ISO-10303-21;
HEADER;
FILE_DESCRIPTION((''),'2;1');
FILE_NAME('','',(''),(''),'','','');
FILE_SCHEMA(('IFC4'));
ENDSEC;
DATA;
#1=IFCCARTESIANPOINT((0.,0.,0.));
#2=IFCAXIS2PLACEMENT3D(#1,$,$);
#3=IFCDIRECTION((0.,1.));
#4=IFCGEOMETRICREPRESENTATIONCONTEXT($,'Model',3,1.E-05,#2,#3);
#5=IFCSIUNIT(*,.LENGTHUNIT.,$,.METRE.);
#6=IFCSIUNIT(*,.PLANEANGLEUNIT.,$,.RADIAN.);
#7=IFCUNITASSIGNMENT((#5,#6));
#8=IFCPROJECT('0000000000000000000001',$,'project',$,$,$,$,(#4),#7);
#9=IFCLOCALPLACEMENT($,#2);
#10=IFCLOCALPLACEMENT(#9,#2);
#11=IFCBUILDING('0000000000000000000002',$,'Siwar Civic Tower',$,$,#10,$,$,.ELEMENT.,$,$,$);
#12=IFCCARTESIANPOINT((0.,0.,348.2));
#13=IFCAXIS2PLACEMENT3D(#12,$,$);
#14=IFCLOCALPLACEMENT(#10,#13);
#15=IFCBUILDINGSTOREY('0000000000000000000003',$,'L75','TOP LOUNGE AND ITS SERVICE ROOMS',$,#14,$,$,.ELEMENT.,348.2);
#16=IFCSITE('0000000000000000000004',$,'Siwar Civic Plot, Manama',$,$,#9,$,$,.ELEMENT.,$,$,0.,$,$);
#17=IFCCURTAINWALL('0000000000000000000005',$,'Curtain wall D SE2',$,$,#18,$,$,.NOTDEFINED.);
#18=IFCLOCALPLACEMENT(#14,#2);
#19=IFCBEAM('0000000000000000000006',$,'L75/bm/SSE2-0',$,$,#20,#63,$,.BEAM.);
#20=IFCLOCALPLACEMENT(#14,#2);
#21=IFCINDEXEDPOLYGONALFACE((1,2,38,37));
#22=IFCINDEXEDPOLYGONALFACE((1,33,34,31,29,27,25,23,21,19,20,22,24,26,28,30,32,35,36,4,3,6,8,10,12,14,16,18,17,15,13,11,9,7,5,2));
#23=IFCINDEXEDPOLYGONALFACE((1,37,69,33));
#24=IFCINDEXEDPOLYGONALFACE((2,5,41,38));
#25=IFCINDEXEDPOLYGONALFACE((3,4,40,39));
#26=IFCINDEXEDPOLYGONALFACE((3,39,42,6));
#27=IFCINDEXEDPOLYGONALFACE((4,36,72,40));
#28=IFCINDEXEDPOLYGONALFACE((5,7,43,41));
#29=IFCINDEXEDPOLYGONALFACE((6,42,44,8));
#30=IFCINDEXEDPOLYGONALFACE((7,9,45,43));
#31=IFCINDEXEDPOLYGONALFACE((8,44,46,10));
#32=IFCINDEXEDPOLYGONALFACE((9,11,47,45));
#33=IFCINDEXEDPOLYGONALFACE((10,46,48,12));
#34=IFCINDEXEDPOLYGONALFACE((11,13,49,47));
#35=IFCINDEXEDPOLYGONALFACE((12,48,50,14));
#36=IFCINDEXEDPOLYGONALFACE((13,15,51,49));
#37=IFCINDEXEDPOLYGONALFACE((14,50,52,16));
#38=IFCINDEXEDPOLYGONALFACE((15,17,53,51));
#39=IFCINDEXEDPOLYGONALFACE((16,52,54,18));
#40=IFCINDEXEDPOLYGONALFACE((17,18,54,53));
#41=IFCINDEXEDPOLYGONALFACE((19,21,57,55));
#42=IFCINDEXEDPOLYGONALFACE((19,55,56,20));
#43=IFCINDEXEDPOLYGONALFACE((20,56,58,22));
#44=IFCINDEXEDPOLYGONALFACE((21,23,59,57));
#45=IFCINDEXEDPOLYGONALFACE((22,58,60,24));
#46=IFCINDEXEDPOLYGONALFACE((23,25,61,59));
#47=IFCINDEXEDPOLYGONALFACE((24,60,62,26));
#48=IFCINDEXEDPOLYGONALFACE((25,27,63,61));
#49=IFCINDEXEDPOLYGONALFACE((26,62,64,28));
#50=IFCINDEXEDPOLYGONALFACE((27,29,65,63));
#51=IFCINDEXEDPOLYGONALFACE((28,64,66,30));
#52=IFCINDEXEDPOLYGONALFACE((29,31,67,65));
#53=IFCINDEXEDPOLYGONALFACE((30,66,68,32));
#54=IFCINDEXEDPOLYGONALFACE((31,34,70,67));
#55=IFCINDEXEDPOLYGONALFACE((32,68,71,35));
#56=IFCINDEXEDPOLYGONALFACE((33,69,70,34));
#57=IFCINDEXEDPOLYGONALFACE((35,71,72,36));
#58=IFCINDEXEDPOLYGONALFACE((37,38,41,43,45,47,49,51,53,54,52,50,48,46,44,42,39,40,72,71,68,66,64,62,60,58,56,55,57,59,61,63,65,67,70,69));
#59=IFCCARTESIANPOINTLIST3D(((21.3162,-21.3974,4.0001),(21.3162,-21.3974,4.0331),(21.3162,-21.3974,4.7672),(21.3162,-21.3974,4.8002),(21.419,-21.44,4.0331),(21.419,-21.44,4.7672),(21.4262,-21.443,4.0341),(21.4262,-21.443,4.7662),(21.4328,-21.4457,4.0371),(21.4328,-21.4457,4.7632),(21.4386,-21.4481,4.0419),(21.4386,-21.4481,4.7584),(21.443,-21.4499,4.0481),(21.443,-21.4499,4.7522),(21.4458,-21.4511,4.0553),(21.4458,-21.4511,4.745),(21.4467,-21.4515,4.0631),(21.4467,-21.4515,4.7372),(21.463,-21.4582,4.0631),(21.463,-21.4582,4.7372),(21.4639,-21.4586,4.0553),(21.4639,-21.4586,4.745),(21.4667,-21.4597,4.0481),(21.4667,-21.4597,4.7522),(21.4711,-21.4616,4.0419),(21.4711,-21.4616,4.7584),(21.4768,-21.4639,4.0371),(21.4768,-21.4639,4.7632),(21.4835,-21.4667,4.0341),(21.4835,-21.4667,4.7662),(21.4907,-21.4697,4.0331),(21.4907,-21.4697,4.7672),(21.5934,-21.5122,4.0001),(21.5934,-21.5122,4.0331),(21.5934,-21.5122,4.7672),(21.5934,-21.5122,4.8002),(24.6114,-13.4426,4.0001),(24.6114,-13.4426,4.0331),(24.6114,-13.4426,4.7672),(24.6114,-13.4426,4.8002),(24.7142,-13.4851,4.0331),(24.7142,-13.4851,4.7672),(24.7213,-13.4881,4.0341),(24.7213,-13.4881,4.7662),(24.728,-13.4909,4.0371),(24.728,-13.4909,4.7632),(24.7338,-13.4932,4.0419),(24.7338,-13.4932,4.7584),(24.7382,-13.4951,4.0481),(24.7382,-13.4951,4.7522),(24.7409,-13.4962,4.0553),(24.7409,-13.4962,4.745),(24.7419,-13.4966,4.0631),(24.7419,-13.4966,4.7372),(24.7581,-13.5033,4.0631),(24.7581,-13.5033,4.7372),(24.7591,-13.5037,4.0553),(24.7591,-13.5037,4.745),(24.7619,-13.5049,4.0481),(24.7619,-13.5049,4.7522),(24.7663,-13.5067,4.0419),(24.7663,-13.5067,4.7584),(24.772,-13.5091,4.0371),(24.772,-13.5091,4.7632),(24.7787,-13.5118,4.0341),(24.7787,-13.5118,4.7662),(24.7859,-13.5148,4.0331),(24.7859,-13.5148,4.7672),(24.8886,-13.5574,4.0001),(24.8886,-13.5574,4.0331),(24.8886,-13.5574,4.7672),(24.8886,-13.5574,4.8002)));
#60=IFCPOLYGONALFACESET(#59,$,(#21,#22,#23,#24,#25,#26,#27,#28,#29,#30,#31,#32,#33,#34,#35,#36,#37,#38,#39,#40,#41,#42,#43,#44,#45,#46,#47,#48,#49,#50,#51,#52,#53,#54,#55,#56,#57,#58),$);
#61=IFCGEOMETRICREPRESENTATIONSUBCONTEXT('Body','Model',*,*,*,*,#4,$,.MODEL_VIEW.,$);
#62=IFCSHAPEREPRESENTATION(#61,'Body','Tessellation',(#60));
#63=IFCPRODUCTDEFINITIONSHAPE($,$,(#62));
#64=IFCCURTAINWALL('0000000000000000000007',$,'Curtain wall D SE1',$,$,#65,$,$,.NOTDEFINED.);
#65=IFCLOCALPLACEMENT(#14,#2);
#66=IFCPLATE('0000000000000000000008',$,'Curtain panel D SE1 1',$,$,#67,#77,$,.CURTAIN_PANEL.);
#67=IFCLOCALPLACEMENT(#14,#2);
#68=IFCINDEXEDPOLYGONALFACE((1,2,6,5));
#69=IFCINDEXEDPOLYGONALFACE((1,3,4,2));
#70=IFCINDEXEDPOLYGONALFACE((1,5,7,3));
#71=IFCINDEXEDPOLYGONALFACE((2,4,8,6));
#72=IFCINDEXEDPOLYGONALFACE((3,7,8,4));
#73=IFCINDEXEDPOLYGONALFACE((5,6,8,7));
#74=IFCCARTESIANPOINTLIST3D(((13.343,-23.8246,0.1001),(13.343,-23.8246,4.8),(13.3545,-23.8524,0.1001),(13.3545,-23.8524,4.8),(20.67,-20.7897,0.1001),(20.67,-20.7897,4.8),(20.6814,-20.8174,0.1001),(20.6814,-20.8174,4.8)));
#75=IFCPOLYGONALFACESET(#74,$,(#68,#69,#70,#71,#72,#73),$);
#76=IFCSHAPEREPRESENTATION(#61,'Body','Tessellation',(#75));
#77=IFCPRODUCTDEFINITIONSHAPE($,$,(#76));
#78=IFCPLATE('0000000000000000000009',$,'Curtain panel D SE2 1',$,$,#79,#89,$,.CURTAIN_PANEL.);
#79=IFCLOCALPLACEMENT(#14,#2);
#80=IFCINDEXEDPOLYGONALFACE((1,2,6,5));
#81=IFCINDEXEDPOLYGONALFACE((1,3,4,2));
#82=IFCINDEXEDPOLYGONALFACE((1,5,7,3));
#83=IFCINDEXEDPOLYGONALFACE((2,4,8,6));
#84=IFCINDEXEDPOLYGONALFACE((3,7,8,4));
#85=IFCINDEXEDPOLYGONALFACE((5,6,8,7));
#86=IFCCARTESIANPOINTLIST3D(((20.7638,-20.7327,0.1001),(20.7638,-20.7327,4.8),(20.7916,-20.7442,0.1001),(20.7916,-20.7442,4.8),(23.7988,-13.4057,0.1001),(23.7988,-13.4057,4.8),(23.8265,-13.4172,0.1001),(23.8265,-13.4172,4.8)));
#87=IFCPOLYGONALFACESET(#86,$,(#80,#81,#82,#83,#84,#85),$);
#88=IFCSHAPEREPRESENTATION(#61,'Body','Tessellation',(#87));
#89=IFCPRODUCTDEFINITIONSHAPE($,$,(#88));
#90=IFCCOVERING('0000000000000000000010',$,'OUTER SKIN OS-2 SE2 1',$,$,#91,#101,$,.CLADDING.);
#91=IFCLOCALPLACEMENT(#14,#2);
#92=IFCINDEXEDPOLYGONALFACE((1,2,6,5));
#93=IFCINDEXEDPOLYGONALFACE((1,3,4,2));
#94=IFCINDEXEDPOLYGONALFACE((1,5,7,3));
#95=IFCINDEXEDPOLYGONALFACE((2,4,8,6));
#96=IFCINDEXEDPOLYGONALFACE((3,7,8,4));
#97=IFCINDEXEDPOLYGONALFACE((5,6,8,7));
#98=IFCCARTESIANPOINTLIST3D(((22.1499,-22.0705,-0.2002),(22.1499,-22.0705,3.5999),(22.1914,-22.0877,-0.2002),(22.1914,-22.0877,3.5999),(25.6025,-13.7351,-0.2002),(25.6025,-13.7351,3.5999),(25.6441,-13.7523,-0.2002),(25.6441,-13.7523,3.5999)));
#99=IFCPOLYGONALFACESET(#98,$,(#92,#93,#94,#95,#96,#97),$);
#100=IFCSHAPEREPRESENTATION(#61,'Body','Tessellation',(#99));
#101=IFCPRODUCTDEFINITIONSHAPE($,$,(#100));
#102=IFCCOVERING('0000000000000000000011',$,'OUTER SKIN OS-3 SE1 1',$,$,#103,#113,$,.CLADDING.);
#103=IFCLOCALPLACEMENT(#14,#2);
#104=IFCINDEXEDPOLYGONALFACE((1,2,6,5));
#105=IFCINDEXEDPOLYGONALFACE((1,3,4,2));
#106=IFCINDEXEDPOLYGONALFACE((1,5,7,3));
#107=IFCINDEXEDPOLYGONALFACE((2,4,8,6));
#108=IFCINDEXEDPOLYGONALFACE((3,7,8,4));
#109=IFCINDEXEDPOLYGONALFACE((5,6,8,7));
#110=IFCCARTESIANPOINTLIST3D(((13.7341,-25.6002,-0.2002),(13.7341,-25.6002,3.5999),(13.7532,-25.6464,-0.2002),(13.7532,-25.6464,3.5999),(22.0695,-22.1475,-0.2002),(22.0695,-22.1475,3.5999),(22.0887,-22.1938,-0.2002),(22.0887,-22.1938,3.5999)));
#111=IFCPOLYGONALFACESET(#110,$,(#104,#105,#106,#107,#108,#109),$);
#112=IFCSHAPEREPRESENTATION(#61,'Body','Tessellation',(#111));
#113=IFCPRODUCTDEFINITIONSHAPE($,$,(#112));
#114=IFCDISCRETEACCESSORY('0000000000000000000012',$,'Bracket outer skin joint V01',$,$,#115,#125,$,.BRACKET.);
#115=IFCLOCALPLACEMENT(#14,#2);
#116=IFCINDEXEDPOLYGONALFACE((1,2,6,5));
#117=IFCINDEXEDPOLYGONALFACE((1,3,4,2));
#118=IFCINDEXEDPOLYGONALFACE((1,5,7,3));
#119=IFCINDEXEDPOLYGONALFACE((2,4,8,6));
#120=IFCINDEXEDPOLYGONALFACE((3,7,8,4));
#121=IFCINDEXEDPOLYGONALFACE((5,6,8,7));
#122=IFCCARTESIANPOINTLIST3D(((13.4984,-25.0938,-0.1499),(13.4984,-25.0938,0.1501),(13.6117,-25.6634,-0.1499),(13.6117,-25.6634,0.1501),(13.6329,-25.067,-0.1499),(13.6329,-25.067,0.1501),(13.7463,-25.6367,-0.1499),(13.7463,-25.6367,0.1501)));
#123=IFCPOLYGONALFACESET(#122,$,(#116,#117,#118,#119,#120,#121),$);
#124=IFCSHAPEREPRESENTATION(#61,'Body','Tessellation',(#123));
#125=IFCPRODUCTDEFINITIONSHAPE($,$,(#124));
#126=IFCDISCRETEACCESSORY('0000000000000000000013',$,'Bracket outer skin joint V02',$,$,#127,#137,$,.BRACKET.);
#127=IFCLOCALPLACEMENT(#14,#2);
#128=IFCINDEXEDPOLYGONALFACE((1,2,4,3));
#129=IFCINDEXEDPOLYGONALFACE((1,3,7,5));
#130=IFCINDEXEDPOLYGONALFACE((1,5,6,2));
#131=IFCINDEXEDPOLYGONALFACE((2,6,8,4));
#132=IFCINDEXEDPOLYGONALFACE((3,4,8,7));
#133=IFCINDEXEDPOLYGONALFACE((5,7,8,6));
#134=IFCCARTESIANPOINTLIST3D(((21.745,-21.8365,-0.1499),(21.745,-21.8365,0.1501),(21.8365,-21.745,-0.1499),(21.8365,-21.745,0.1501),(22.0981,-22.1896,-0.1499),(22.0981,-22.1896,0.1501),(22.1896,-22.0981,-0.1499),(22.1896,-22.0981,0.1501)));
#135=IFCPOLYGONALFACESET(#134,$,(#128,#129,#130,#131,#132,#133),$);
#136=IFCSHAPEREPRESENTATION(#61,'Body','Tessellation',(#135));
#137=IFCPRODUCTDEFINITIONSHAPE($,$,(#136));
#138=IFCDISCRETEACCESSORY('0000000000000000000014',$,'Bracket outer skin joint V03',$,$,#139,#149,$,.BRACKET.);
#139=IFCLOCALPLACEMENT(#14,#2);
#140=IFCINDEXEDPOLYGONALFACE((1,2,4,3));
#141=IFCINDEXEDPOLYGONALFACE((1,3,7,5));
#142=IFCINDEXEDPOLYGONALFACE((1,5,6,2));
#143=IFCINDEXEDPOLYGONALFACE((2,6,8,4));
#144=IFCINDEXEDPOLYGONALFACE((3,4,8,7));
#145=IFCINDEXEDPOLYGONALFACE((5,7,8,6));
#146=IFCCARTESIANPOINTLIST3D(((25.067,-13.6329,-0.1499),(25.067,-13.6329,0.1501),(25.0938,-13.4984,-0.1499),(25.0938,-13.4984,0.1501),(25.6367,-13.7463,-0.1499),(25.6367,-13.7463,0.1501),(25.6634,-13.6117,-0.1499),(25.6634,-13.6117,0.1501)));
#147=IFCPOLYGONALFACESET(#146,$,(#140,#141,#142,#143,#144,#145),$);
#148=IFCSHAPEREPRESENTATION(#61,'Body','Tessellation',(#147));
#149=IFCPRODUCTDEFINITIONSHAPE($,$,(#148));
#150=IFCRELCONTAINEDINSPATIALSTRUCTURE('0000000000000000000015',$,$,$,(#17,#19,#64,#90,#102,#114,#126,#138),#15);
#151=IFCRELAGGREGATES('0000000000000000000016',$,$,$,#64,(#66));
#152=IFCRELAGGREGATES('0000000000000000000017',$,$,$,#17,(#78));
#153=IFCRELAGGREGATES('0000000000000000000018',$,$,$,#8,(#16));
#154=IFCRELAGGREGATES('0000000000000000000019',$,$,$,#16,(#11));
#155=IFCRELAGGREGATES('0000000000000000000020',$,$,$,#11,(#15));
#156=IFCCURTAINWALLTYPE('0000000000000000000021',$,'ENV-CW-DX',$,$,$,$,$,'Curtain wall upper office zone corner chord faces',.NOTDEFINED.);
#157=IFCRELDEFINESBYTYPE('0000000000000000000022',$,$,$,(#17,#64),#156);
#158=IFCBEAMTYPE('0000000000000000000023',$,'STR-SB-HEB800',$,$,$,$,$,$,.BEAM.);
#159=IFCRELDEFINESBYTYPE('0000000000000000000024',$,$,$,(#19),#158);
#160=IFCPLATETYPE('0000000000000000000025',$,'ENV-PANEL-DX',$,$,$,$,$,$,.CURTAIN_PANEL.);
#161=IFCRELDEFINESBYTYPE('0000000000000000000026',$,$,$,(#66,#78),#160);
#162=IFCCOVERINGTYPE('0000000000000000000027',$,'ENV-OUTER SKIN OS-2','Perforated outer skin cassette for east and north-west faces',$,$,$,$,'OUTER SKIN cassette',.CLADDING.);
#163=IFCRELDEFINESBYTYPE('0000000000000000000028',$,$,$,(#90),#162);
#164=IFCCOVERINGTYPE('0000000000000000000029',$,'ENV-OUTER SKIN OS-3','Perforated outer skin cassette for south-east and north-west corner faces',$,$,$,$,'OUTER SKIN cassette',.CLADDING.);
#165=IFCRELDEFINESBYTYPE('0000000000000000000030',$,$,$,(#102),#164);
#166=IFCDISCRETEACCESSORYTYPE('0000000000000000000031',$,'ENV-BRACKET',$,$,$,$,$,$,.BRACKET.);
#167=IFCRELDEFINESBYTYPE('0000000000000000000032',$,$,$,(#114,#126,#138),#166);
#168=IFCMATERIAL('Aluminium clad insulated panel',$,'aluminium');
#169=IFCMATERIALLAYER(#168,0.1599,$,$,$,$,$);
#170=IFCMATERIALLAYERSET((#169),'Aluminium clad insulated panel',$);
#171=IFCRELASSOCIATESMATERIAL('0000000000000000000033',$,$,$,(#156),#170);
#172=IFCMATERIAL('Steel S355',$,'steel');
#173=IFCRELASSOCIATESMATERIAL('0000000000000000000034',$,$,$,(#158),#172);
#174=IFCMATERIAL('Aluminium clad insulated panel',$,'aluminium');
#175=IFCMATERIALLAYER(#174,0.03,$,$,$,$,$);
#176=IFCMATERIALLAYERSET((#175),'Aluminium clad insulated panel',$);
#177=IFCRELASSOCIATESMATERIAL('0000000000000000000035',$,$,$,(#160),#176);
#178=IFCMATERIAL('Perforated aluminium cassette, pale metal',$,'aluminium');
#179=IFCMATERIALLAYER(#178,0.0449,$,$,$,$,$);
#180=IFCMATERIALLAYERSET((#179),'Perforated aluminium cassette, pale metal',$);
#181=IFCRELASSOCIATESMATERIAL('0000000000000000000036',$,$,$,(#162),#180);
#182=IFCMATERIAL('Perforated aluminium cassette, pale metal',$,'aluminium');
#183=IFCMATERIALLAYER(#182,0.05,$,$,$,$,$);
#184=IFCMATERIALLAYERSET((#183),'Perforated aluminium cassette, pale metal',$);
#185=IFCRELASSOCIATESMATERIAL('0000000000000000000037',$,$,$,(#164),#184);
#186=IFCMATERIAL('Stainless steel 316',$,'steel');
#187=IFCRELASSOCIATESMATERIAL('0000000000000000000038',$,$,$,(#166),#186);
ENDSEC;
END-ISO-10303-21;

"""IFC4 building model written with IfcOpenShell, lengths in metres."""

from ifc_helpers import new_model, si_unit, direction, frame, origin, origin_2d, place, context, subcontext, project, spatial, rectangle, i_section, extrude, material, layer, layer_set, material_profile, profile_set, type_object, element, aggregate, save


model = new_model("IFC4")

# Units and contexts
model_context = context("Model", 3, precision=1e-05, world=origin(), true_north=direction((0.0, 1.0)))
body_context = subcontext(model_context, "Body", "Model", "MODEL_VIEW")
ifc_project = project(units=[si_unit("LENGTHUNIT", "METRE"), si_unit("PLANEANGLEUNIT", "RADIAN")], contexts=[model_context])

# Site, building, storey
site_placement = place(None, origin())
site = spatial("IfcSite", under=ifc_project, at=site_placement, Name="Siwar Civic Plot, Manama", CompositionType="ELEMENT", RefElevation=0.0)
building_placement = place(site_placement, origin())
building = spatial("IfcBuilding", under=site, at=building_placement, Name="Siwar Civic Tower", CompositionType="ELEMENT")
storey_placement = place(building_placement, frame((0.0, 0.0, 348.2)))
storey = spatial("IfcBuildingStorey", under=building, at=storey_placement, Name="L75", Description="TOP LOUNGE AND ITS SERVICE ROOMS", CompositionType="ELEMENT", Elevation=348.2)

# Curtain wall
ifc_material_1 = material(Name="Aluminium clad insulated panel", Category="aluminium")
ifc_layer_1 = layer(ifc_material_1, 0.1599)
ifc_layer_set_1 = layer_set([ifc_layer_1], Name="Aluminium clad insulated panel")
curtain_wall_type = type_object("IfcCurtainWallType", Name="ENV-CW-DX", ElementType="Curtain wall upper office zone corner chord faces", PredefinedType="NOTDEFINED", material=ifc_layer_set_1)
curtain_wall_1_placement = place(storey_placement, origin())
curtain_wall_1 = element("IfcCurtainWall", 1, at=curtain_wall_1_placement, inside=storey, type_object=curtain_wall_type, Name="Curtain wall D SE2", PredefinedType="NOTDEFINED")

# Beam
ifc_material_2 = material(Name="Steel S355", Category="steel")
ifc_material_profile_1 = material_profile(ifc_material_2, i_section(OverallWidth=0.3, OverallDepth=0.8, WebThickness=0.0176, FlangeThickness=0.033, FilletRadius=0.03, at=origin_2d()), Name="HEB800")
ifc_profile_set_1 = profile_set([ifc_material_profile_1], Name="Steel S355")
beam_type_1 = type_object("IfcBeamType", Name="STR-SB-HEB800", PredefinedType="BEAM", material=ifc_profile_set_1)
for number, where, z_axis, x_axis, name in (
    (2, (21.4548, -21.4548, 4.4001), (0.3827, 0.923873, 0.0), (-0.923873, 0.3827, 0.0), "L75/bm/SSE2-0"),
):
    element("IfcBeam", number, at=place(storey_placement, frame(where, z_axis=z_axis, x_axis=x_axis)), inside=storey, type_object=beam_type_1, Name=name, PredefinedType="BEAM", context=body_context, shape_type="SweptSolid", body=[
        extrude(i_section(OverallWidth=0.3, OverallDepth=0.8, WebThickness=0.0176, FlangeThickness=0.033, FilletRadius=0.03, at=origin_2d()), origin(), (0.0, 0.0, 1.0), 8.6104),
    ])

# Curtain wall, plate
curtain_wall_2_placement = place(storey_placement, origin())
curtain_wall_2 = element("IfcCurtainWall", 3, at=curtain_wall_2_placement, inside=storey, type_object=curtain_wall_type, Name="Curtain wall D SE1", PredefinedType="NOTDEFINED")
ifc_material_3 = material(Name="Aluminium clad insulated panel", Category="aluminium")
ifc_layer_2 = layer(ifc_material_3, 0.03)
ifc_layer_set_2 = layer_set([ifc_layer_2], Name="Aluminium clad insulated panel")
plate_type = type_object("IfcPlateType", Name="ENV-PANEL-DX", PredefinedType="CURTAIN_PANEL", material=ifc_layer_set_2)
plate_1_placement = place(storey_placement, frame((17.0122, -22.321, 0.1001), z_axis=(0.0, 0.0, 1.0), x_axis=(0.92388, 0.382683, 0.0)))
plate_1 = element("IfcPlate", 4, at=plate_1_placement, type_object=plate_type, Name="Curtain panel D SE1 1", PredefinedType="CURTAIN_PANEL", context=body_context, shape_type="SweptSolid", body=[
    extrude(rectangle(XDim=7.9307, YDim=0.03, at=origin_2d()), origin(), (0.0, 0.0, 1.0), 4.7),
])
aggregate(curtain_wall_2, [plate_1])

# Plate
plate_2_placement = place(storey_placement, frame((22.2952, -17.075, 0.1001), z_axis=(0.0, 0.0, 1.0), x_axis=(0.382683, 0.92388, 0.0)))
plate_2 = element("IfcPlate", 5, at=plate_2_placement, type_object=plate_type, Name="Curtain panel D SE2 1", PredefinedType="CURTAIN_PANEL", context=body_context, shape_type="SweptSolid", body=[
    extrude(rectangle(XDim=7.9307, YDim=0.03, at=origin_2d()), origin(), (0.0, 0.0, 1.0), 4.7),
])
aggregate(curtain_wall_1, [plate_2])

# Coverings
ifc_material_4 = material(Name="Perforated aluminium cassette, pale metal", Category="aluminium")
ifc_layer_3 = layer(ifc_material_4, 0.0449)
ifc_layer_set_3 = layer_set([ifc_layer_3], Name="Perforated aluminium cassette, pale metal")
covering_type_1 = type_object("IfcCoveringType", Name="ENV-OUTER SKIN OS-2", Description="Perforated outer skin cassette for east and north-west faces", ElementType="OUTER SKIN cassette", PredefinedType="CLADDING", material=ifc_layer_set_3)
covering_1_placement = place(storey_placement, frame((23.897, -17.9114, -0.2002), z_axis=(0.0, 0.0, 1.0), x_axis=(0.382683, 0.92388, 0.0)))
element("IfcCovering", 6, at=covering_1_placement, inside=storey, type_object=covering_type_1, Name="OUTER SKIN OS-2 SE2 1", PredefinedType="CLADDING", context=body_context, shape_type="SweptSolid", body=[
    extrude(rectangle(XDim=9.0222, YDim=0.0449, at=origin_2d()), origin(), (0.0, 0.0, 1.0), 3.8),
])
ifc_material_5 = material(Name="Perforated aluminium cassette, pale metal", Category="aluminium")
ifc_layer_4 = layer(ifc_material_5, 0.05)
ifc_layer_set_4 = layer_set([ifc_layer_4], Name="Perforated aluminium cassette, pale metal")
covering_type_2 = type_object("IfcCoveringType", Name="ENV-OUTER SKIN OS-3", Description="Perforated outer skin cassette for south-east and north-west corner faces", ElementType="OUTER SKIN cassette", PredefinedType="CLADDING", material=ifc_layer_set_4)
covering_2_placement = place(storey_placement, frame((17.9114, -23.897, -0.2002), z_axis=(0.0, 0.0, 1.0), x_axis=(0.92388, 0.382683, 0.0)))
element("IfcCovering", 7, at=covering_2_placement, inside=storey, type_object=covering_type_2, Name="OUTER SKIN OS-3 SE1 1", PredefinedType="CLADDING", context=body_context, shape_type="SweptSolid", body=[
    extrude(rectangle(XDim=9.0222, YDim=0.05, at=origin_2d()), origin(), (0.0, 0.0, 1.0), 3.8),
])

# Discrete accessories
ifc_material_6 = material(Name="Stainless steel 316", Category="steel")
discrete_accessory_type = type_object("IfcDiscreteAccessoryType", Name="ENV-BRACKET", PredefinedType="BRACKET", material=ifc_material_6)
discrete_accessory_1_placement = place(storey_placement, frame((13.6223, -25.3652, -0.1499), z_axis=(0.0, 0.0, 1.0), x_axis=(0.19509, -0.980785, 0.0)))
element("IfcDiscreteAccessory", 8, at=discrete_accessory_1_placement, inside=storey, type_object=discrete_accessory_type, Name="Bracket outer skin joint V01", PredefinedType="BRACKET", context=body_context, shape_type="SweptSolid", body=[
    extrude(rectangle(XDim=0.5808, YDim=0.1372, at=origin_2d()), origin(), (0.0, 0.0, 1.0), 0.3),
])
discrete_accessory_2_placement = place(storey_placement, frame((21.9673, -21.9673, -0.1499), z_axis=(0.0, 0.0, 1.0), x_axis=(0.707107, -0.707107, 0.0)))
element("IfcDiscreteAccessory", 9, at=discrete_accessory_2_placement, inside=storey, type_object=discrete_accessory_type, Name="Bracket outer skin joint V02", PredefinedType="BRACKET", context=body_context, shape_type="SweptSolid", body=[
    extrude(rectangle(XDim=0.4993, YDim=0.1294, at=origin_2d()), origin(), (0.0, 0.0, 1.0), 0.3),
])
discrete_accessory_3_placement = place(storey_placement, frame((25.3652, -13.6223, -0.1499), z_axis=(0.0, 0.0, 1.0), x_axis=(0.980785, -0.19509, 0.0)))
element("IfcDiscreteAccessory", 10, at=discrete_accessory_3_placement, inside=storey, type_object=discrete_accessory_type, Name="Bracket outer skin joint V03", PredefinedType="BRACKET", context=body_context, shape_type="SweptSolid", body=[
    extrude(rectangle(XDim=0.5808, YDim=0.1372, at=origin_2d()), origin(), (0.0, 0.0, 1.0), 0.3),
])

save(model, "model.ifc")
